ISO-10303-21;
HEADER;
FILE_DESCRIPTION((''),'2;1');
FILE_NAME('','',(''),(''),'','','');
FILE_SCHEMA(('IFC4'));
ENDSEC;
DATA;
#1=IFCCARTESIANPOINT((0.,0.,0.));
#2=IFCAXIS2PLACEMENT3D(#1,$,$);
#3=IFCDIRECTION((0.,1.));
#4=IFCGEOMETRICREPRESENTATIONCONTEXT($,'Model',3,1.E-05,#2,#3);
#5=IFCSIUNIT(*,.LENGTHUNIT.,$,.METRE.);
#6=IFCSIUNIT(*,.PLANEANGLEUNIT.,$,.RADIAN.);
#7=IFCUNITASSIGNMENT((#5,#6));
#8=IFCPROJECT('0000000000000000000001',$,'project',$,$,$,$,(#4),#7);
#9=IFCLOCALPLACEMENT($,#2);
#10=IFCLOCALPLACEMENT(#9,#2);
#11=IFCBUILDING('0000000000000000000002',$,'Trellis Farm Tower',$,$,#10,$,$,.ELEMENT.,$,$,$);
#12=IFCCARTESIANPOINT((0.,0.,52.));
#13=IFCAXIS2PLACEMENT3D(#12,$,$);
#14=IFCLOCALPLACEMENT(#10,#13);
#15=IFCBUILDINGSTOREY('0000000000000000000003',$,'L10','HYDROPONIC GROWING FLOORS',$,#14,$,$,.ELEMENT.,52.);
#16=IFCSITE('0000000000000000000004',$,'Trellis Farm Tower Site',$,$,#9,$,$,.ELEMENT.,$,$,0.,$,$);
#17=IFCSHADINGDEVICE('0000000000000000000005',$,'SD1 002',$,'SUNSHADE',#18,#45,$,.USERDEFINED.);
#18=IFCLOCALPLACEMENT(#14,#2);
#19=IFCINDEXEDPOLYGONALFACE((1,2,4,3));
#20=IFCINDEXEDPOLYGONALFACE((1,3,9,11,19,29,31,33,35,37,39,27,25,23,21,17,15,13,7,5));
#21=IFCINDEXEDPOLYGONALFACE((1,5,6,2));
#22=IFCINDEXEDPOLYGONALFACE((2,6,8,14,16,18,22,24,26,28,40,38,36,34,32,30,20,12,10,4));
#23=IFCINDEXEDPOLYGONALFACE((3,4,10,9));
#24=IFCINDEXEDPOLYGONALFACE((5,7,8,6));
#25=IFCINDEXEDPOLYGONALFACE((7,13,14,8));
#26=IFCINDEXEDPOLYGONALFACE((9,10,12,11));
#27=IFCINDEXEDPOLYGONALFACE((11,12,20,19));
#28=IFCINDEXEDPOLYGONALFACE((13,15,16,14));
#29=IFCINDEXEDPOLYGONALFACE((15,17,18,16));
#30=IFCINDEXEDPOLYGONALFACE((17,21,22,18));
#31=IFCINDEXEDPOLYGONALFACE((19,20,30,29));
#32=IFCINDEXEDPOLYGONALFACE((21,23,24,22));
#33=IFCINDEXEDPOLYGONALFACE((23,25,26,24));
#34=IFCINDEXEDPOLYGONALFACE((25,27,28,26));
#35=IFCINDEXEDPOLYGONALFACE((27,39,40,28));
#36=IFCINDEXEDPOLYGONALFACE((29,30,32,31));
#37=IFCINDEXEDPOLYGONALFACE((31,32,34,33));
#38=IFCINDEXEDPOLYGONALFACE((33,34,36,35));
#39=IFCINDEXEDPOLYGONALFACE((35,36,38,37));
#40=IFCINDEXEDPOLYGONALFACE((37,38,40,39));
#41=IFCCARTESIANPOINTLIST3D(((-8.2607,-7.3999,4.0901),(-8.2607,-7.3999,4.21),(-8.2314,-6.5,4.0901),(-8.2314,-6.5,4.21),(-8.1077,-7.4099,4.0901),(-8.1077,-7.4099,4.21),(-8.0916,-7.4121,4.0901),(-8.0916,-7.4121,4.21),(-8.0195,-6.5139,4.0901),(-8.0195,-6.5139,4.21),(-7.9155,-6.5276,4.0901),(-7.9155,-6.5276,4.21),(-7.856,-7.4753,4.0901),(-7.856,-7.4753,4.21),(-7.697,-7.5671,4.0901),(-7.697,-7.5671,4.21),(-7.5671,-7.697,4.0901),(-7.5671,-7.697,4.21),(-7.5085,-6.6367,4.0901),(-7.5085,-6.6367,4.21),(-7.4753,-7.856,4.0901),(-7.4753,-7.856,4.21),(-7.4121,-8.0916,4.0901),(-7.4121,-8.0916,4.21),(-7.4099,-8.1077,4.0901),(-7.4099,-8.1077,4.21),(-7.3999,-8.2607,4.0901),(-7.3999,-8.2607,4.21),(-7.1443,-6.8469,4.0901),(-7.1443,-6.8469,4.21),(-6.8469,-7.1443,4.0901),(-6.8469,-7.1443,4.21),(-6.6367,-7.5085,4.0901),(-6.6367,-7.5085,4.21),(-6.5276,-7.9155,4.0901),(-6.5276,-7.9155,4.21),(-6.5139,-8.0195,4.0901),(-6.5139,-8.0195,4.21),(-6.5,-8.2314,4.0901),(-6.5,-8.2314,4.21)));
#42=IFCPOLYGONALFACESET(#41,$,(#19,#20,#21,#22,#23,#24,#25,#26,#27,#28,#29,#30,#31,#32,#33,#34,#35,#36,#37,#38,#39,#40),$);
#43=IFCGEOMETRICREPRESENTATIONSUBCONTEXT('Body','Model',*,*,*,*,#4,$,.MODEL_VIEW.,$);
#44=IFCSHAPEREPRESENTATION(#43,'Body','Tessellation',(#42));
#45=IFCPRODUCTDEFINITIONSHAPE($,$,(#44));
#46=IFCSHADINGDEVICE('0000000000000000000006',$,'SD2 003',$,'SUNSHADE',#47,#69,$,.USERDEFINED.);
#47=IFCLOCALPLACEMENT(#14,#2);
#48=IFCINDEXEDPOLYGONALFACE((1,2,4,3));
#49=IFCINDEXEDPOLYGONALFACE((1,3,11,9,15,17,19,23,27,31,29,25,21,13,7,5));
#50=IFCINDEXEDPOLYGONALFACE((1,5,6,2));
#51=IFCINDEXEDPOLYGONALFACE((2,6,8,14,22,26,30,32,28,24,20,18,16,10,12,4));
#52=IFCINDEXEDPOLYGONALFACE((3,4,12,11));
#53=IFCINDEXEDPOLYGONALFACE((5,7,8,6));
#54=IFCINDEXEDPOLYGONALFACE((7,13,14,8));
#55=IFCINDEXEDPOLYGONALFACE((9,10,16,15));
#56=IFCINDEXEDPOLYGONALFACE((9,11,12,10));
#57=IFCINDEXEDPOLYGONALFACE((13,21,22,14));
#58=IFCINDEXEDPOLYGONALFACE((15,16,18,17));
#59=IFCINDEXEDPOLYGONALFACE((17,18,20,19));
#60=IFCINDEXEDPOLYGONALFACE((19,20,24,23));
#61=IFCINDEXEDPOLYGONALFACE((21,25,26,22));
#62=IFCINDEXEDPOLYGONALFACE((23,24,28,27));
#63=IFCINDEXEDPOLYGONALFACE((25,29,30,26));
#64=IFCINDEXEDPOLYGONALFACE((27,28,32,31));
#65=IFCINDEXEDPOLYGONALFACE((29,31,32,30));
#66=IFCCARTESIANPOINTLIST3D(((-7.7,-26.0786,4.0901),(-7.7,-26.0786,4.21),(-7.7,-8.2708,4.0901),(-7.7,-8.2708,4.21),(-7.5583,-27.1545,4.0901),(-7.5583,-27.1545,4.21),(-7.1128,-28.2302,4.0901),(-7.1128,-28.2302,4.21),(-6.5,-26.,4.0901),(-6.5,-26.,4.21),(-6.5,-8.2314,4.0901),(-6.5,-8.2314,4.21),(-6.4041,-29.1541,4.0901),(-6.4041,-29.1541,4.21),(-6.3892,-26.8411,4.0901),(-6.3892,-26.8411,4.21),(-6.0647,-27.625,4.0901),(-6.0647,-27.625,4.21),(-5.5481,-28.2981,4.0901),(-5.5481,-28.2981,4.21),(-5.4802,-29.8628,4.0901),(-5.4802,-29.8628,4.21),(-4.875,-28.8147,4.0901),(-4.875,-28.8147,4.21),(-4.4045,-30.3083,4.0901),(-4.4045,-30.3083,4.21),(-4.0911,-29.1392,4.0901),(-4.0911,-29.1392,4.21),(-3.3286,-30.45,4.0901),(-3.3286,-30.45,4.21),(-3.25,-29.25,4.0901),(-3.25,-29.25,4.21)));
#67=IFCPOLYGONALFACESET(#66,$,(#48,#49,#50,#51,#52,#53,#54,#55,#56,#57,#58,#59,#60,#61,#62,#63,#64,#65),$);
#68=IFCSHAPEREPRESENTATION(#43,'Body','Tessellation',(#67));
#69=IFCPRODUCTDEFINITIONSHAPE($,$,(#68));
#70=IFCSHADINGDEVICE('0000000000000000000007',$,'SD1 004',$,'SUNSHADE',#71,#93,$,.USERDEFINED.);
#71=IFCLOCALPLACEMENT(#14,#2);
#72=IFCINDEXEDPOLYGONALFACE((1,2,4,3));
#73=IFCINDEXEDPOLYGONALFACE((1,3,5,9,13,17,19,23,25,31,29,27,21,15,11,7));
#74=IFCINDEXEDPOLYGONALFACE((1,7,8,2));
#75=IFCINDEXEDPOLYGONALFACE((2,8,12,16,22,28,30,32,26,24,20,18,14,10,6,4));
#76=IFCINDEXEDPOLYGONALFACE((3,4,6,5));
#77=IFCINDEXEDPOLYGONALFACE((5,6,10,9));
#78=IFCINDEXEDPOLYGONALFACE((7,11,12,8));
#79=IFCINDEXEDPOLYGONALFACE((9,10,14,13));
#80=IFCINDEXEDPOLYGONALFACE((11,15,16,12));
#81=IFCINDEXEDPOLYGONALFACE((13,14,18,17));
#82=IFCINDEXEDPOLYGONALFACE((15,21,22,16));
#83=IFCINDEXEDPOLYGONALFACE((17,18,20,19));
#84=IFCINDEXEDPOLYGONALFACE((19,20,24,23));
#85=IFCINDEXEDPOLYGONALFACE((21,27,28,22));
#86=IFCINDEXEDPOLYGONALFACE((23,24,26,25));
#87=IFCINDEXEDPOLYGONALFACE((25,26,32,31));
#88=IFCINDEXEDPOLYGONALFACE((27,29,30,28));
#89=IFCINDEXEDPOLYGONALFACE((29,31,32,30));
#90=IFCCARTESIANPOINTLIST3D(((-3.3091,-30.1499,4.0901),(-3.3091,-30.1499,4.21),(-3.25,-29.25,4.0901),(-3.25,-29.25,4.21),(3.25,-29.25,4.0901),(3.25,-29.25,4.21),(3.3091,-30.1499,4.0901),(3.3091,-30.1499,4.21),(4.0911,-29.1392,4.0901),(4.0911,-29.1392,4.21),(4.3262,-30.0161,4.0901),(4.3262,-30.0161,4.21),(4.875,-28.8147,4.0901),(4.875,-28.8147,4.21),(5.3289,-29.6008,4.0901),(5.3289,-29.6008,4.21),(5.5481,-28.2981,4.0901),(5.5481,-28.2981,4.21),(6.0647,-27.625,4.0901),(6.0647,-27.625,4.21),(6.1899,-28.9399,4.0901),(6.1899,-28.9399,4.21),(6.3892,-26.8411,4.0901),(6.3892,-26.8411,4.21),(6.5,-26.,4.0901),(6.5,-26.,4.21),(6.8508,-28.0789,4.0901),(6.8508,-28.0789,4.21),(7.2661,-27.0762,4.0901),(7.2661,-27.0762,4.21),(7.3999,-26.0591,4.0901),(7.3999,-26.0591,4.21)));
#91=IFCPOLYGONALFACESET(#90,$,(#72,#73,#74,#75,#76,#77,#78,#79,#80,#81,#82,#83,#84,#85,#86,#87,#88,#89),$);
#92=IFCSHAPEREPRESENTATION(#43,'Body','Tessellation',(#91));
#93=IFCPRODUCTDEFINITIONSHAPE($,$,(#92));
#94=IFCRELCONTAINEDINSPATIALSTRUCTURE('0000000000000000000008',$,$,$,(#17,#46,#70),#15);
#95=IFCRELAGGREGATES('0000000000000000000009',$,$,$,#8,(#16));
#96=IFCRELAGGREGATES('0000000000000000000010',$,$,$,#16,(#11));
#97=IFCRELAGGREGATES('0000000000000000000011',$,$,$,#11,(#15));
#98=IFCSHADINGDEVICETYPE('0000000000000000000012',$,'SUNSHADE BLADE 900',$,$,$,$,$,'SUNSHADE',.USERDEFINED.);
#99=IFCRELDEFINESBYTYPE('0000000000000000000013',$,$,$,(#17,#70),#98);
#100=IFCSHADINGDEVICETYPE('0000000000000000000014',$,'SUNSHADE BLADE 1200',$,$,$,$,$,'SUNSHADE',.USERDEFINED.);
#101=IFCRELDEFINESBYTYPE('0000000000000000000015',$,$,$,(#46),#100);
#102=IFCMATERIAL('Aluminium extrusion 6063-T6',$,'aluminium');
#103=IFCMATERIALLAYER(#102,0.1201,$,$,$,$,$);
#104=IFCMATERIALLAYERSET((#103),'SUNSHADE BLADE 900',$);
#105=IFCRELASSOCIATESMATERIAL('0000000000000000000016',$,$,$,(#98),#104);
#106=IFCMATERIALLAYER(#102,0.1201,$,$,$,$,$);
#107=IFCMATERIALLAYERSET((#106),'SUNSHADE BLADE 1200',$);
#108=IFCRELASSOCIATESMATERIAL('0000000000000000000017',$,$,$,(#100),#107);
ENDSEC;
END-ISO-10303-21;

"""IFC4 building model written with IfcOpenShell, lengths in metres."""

from ifc_helpers import new_model, si_unit, direction, frame, origin, place, context, subcontext, project, spatial, polyline, outline, extrude, source, transform, mapped, material, layer, layer_set, type_object, element, save


model = new_model("IFC4")

# Units and contexts
model_context = context("Model", 3, precision=1e-05, world=origin(), true_north=direction((0.0, 1.0)))
body_context = subcontext(model_context, "Body", "Model", "MODEL_VIEW")
ifc_project = project(units=[si_unit("LENGTHUNIT", "METRE"), si_unit("PLANEANGLEUNIT", "RADIAN")], contexts=[model_context])

# Site, building, storey
site_placement = place(None, origin())
site = spatial("IfcSite", under=ifc_project, at=site_placement, Name="Trellis Farm Tower Site", CompositionType="ELEMENT", RefElevation=0.0)
building_placement = place(site_placement, origin())
building = spatial("IfcBuilding", under=site, at=building_placement, Name="Trellis Farm Tower", CompositionType="ELEMENT")
storey_placement = place(building_placement, frame((0.0, 0.0, 52.0)))
storey = spatial("IfcBuildingStorey", under=building, at=storey_placement, Name="L10", Description="HYDROPONIC GROWING FLOORS", CompositionType="ELEMENT", Elevation=52.0)

# Shared definitions
ifc_material_1 = material(Name="Aluminium extrusion 6063-T6", Category="aluminium")

# Shading devices
ifc_layer_1 = layer(ifc_material_1, 0.1201)
ifc_layer_set_1 = layer_set([ifc_layer_1], Name="SUNSHADE BLADE 900")
shading_device_type_1 = type_object("IfcShadingDeviceType", Name="SUNSHADE BLADE 900", ElementType="SUNSHADE", PredefinedType="USERDEFINED", material=ifc_layer_set_1)
placement_1 = place(storey_placement, frame((0.0, 0.0, 4.0901)))
shared_shape_1 = source(origin(), body_context, "Body", "SweptSolid", [
    extrude(outline(polyline([(-8.2607, -7.3999), (-8.1077, -7.4099), (-8.0916, -7.4121), (-7.856, -7.4753), (-7.697, -7.5671), (-7.5671, -7.697), (-7.4753, -7.856), (-7.4121, -8.0916), (-7.4099, -8.1077), (-7.3999, -8.2607), (-6.5, -8.2314), (-6.5139, -8.0195), (-6.5276, -7.9155), (-6.6367, -7.5085), (-6.8469, -7.1443), (-7.1443, -6.8469), (-7.5085, -6.6367), (-7.9155, -6.5276), (-8.0195, -6.5139), (-8.2314, -6.5), (-8.2607, -7.3999)])), origin(), (0.0, 0.0, 1.0), 0.1199),
])
element("IfcShadingDevice", 1, at=placement_1, inside=storey, type_object=shading_device_type_1, Name="SD1 002", ObjectType="SUNSHADE", PredefinedType="USERDEFINED", context=body_context, shape_type="MappedRepresentation", body=[
    mapped(shared_shape_1, transform((0.0, 0.0, 0.0))),
])
ifc_layer_2 = layer(ifc_material_1, 0.1201)
ifc_layer_set_2 = layer_set([ifc_layer_2], Name="SUNSHADE BLADE 1200")
shading_device_type_2 = type_object("IfcShadingDeviceType", Name="SUNSHADE BLADE 1200", ElementType="SUNSHADE", PredefinedType="USERDEFINED", material=ifc_layer_set_2)
shared_shape_2 = source(origin(), body_context, "Body", "SweptSolid", [
    extrude(outline(polyline([(-7.7, -8.2708), (-7.7, -26.0786), (-7.5583, -27.1545), (-7.1128, -28.2302), (-6.4041, -29.1541), (-5.4802, -29.8628), (-4.4045, -30.3083), (-3.3286, -30.45), (-3.25, -29.25), (-4.0911, -29.1392), (-4.875, -28.8147), (-5.5481, -28.2981), (-6.0647, -27.625), (-6.3892, -26.8411), (-6.5, -26.0), (-6.5, -8.2314), (-7.7, -8.2708)])), origin(), (0.0, 0.0, 1.0), 0.1199),
])
element("IfcShadingDevice", 2, at=placement_1, inside=storey, type_object=shading_device_type_2, Name="SD2 003", ObjectType="SUNSHADE", PredefinedType="USERDEFINED", context=body_context, shape_type="MappedRepresentation", body=[
    mapped(shared_shape_2, transform((0.0, 0.0, 0.0))),
])
shared_shape_3 = source(origin(), body_context, "Body", "SweptSolid", [
    extrude(outline(polyline([(-3.3091, -30.1499), (3.3091, -30.1499), (4.3262, -30.0161), (5.3289, -29.6008), (6.1899, -28.9399), (6.8508, -28.0789), (7.2661, -27.0762), (7.3999, -26.0591), (6.5, -26.0), (6.3892, -26.8411), (6.0647, -27.625), (5.5481, -28.2981), (4.875, -28.8147), (4.0911, -29.1392), (3.25, -29.25), (-3.25, -29.25), (-3.3091, -30.1499)])), origin(), (0.0, 0.0, 1.0), 0.1199),
])
element("IfcShadingDevice", 3, at=placement_1, inside=storey, type_object=shading_device_type_1, Name="SD1 004", ObjectType="SUNSHADE", PredefinedType="USERDEFINED", context=body_context, shape_type="MappedRepresentation", body=[
    mapped(shared_shape_3, transform((0.0, 0.0, 0.0))),
])

save(model, "model.ifc")
